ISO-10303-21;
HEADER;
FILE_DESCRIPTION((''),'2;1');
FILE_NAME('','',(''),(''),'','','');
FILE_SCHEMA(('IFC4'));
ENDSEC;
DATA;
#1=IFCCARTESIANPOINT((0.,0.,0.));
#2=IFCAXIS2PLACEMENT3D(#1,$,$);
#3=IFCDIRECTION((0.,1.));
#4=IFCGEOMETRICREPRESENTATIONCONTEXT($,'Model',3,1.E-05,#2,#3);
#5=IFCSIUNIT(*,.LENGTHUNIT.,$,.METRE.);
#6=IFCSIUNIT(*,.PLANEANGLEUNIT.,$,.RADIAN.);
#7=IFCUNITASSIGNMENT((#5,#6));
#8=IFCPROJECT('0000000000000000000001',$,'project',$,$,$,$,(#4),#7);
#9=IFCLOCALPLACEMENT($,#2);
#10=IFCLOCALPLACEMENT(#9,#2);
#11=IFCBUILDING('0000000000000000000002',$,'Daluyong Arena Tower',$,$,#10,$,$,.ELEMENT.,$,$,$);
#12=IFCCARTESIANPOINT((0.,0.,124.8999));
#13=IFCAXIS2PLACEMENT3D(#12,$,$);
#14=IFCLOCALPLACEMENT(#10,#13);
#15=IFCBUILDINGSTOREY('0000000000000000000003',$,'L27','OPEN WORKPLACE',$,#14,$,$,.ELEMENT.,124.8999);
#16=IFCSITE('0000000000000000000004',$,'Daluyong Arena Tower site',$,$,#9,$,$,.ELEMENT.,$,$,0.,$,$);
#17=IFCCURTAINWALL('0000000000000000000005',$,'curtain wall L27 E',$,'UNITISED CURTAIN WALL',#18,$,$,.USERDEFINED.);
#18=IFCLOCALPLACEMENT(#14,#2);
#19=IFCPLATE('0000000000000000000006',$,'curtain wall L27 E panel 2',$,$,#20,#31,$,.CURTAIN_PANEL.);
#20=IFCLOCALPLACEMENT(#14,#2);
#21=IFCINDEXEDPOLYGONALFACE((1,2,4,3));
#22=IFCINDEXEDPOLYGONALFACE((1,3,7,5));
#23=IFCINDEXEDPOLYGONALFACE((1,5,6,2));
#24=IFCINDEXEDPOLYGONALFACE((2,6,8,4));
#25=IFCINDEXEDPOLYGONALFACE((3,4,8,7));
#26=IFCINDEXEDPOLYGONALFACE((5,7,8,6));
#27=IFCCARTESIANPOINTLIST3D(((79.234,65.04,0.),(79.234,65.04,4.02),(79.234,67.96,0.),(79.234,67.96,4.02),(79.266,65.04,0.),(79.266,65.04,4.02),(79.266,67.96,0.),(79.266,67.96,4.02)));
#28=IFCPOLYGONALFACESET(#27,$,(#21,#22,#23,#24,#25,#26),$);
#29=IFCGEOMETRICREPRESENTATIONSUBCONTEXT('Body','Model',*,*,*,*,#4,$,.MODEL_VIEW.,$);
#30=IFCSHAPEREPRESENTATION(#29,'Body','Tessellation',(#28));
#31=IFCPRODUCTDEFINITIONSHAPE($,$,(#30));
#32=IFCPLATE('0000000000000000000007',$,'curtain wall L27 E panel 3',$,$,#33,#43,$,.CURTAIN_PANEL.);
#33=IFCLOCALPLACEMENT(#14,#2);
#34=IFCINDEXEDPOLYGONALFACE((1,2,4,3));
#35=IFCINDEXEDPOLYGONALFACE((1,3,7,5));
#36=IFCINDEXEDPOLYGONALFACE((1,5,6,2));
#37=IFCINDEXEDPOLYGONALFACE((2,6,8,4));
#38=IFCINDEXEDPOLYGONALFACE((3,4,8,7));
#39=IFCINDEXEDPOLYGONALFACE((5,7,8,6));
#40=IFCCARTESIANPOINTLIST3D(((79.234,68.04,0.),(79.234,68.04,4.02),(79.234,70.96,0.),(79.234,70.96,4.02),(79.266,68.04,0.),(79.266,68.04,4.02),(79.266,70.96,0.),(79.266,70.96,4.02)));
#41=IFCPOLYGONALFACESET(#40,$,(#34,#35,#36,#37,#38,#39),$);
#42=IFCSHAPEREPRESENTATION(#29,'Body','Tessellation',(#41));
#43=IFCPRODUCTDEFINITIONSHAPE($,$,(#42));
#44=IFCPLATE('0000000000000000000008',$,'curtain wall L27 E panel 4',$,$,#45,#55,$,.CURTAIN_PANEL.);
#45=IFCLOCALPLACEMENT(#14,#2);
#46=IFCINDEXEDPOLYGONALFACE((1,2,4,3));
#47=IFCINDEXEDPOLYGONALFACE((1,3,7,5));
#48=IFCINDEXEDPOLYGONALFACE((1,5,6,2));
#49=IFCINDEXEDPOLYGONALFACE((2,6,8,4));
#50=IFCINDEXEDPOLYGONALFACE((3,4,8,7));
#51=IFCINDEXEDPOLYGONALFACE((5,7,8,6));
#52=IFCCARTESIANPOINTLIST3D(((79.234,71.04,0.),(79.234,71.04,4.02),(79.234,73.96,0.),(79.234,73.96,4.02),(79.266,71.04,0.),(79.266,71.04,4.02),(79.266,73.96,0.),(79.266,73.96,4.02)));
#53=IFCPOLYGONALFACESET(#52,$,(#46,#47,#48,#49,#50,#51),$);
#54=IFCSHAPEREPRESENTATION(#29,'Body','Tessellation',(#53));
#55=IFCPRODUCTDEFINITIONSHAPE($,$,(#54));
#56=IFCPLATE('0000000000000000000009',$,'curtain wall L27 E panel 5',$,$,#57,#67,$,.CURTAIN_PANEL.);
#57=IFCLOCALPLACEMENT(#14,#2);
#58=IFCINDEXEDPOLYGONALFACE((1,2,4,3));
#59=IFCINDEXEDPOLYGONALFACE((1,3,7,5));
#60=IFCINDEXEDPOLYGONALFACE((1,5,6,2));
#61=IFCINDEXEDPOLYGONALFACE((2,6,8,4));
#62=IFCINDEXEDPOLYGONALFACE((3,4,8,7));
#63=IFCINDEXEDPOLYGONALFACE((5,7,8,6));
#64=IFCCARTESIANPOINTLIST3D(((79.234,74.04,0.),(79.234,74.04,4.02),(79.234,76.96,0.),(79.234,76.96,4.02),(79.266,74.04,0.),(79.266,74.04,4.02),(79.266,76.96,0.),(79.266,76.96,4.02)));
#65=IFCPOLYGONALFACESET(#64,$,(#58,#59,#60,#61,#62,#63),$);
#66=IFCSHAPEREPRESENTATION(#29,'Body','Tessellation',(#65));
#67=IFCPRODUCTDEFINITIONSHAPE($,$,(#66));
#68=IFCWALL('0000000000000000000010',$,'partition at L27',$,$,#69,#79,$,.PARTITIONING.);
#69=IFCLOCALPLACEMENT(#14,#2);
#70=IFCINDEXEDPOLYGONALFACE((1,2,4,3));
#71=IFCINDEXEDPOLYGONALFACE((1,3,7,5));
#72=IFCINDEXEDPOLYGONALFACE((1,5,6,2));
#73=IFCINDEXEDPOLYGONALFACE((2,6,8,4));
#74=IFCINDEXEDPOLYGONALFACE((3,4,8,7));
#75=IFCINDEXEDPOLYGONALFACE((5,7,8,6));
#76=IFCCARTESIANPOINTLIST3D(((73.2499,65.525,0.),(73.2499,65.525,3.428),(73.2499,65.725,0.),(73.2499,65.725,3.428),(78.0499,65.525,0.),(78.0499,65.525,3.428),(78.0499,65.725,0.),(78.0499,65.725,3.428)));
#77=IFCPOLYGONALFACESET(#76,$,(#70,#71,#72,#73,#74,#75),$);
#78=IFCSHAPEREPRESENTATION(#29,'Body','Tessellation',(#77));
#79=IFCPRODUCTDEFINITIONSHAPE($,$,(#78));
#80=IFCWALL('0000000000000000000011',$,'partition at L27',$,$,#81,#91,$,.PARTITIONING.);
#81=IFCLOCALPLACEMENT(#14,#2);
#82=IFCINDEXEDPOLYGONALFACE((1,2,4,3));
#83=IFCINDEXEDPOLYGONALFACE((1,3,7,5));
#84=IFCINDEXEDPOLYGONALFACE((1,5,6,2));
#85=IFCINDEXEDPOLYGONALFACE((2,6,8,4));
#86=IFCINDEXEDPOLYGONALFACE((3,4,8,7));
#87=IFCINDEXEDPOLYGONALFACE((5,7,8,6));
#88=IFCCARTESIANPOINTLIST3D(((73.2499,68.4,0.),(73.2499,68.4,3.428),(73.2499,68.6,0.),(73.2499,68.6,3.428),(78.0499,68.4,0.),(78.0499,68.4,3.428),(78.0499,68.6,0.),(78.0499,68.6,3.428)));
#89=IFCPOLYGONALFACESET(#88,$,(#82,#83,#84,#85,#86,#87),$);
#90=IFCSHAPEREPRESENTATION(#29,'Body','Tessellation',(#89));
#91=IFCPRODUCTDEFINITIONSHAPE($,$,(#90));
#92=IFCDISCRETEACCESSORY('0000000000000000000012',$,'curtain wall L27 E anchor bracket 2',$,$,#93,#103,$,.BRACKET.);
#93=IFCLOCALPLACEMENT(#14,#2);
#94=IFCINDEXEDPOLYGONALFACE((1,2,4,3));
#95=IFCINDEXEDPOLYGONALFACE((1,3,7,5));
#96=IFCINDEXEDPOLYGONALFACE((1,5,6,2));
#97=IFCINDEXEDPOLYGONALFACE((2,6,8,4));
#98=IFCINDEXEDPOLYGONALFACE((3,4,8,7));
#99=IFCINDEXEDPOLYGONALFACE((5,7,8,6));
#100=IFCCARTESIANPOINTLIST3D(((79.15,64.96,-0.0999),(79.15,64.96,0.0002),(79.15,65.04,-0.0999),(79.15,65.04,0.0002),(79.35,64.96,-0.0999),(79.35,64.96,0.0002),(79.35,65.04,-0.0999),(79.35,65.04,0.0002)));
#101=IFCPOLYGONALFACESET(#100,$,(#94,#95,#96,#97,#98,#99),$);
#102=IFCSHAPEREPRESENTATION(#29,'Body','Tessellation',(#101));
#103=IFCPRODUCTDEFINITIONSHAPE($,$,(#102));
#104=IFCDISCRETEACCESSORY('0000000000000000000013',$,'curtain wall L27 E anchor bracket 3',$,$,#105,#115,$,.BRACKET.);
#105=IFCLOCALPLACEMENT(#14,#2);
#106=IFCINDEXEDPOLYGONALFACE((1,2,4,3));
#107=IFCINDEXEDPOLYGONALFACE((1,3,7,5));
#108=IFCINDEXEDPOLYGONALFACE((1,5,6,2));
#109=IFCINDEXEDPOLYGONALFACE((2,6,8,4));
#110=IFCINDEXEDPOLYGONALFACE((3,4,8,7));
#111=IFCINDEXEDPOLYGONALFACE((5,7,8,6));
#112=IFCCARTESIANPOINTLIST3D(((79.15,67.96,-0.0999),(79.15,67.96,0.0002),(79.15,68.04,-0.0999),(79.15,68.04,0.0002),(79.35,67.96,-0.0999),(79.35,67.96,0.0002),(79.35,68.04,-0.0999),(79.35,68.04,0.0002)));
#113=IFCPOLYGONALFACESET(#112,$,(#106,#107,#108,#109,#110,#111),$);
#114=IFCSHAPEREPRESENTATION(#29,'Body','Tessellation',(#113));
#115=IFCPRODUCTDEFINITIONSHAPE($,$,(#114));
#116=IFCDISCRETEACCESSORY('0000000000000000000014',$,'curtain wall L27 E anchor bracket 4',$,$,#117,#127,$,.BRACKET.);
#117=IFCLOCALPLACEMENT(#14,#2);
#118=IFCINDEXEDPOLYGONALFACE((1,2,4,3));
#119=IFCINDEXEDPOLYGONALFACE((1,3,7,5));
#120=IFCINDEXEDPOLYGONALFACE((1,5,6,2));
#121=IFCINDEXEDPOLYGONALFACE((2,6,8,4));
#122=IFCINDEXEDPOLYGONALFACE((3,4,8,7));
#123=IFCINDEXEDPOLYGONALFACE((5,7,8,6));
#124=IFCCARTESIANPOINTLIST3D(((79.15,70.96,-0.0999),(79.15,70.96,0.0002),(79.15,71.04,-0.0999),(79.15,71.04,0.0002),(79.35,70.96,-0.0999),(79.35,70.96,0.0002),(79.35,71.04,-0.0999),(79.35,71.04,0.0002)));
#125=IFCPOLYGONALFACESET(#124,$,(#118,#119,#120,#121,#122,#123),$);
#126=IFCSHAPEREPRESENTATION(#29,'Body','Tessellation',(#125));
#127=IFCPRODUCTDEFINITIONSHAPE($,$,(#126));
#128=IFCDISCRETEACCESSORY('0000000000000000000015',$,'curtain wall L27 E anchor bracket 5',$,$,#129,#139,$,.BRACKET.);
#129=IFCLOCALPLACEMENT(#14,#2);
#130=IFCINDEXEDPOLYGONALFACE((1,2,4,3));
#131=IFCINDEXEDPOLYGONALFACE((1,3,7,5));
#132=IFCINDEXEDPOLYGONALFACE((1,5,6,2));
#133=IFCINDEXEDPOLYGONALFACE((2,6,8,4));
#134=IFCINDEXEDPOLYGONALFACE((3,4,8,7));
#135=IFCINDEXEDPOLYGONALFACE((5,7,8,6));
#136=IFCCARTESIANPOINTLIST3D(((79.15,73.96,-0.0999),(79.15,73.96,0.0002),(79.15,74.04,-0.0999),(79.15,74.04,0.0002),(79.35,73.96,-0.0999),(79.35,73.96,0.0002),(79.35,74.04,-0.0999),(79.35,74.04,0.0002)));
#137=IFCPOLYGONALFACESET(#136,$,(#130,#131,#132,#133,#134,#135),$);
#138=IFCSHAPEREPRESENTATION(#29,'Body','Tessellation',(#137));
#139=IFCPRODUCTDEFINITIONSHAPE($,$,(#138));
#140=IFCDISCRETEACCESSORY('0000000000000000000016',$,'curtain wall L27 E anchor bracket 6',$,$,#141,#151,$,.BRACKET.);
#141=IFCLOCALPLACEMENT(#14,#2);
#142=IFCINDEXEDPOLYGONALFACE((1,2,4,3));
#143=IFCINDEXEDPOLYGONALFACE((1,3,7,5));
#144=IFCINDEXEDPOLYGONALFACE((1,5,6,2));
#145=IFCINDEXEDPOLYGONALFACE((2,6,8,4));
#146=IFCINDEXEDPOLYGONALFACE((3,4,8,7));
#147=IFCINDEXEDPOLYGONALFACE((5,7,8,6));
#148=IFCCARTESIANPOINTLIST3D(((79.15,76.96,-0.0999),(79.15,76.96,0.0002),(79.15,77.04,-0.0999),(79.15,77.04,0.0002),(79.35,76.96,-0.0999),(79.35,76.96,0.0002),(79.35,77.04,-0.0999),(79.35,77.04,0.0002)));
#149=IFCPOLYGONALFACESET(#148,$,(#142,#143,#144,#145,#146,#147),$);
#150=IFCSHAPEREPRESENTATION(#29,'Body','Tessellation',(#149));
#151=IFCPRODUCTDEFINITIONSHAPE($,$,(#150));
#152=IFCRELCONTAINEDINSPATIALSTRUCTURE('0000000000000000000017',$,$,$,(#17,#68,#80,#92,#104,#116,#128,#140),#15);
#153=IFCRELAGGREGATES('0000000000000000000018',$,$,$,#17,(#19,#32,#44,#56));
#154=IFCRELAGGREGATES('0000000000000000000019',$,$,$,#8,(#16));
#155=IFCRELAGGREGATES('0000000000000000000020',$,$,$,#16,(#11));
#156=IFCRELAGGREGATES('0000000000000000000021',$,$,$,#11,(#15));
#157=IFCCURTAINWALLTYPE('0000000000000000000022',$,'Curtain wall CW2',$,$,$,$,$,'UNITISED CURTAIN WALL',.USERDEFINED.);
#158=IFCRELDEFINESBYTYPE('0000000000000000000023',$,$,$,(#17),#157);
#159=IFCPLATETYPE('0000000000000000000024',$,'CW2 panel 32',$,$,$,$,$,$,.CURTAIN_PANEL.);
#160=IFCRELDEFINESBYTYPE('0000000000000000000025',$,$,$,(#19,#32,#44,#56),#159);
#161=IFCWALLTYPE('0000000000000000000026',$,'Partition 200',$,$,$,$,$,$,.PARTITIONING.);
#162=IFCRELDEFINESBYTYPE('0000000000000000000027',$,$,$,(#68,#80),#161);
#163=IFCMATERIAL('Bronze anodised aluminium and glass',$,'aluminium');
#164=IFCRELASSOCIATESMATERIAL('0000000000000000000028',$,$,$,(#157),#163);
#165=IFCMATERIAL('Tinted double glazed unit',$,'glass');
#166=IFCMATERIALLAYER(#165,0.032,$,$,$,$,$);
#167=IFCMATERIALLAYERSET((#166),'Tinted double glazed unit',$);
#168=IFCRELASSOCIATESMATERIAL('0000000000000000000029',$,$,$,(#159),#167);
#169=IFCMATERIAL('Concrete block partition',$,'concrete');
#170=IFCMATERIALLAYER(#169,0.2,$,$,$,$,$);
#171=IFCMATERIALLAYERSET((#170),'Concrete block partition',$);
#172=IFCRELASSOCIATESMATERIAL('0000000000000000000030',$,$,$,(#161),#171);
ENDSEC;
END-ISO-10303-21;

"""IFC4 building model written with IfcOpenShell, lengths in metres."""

from ifc_helpers import new_model, si_unit, direction, frame, frame_2d, origin, origin_2d, place, context, subcontext, project, spatial, rectangle, extrude, material, layer, layer_set, type_object, element, aggregate, save


model = new_model("IFC4")

# Units and contexts
model_context = context("Model", 3, precision=1e-05, world=origin(), true_north=direction((0.0, 1.0)))
body_context = subcontext(model_context, "Body", "Model", "MODEL_VIEW")
ifc_project = project(units=[si_unit("LENGTHUNIT", "METRE"), si_unit("PLANEANGLEUNIT", "RADIAN")], contexts=[model_context])

# Site, building, storey
site_placement = place(None, origin())
site = spatial("IfcSite", under=ifc_project, at=site_placement, Name="Daluyong Arena Tower site", CompositionType="ELEMENT", RefElevation=0.0)
building_placement = place(site_placement, origin())
building = spatial("IfcBuilding", under=site, at=building_placement, Name="Daluyong Arena Tower", CompositionType="ELEMENT")
storey_placement = place(building_placement, frame((0.0, 0.0, 124.8999)))
storey = spatial("IfcBuildingStorey", under=building, at=storey_placement, Name="L27", Description="OPEN WORKPLACE", CompositionType="ELEMENT", Elevation=124.8999)

# Curtain wall
ifc_material_1 = material(Name="Bronze anodised aluminium and glass", Category="aluminium")
curtain_wall_type = type_object("IfcCurtainWallType", Name="Curtain wall CW2", ElementType="UNITISED CURTAIN WALL", PredefinedType="USERDEFINED", material=ifc_material_1)
curtain_wall_placement = place(storey_placement, origin())
curtain_wall = element("IfcCurtainWall", 1, at=curtain_wall_placement, inside=storey, type_object=curtain_wall_type, Name="curtain wall L27 E", ObjectType="UNITISED CURTAIN WALL", PredefinedType="USERDEFINED")

# Plates
ifc_material_2 = material(Name="Tinted double glazed unit", Category="glass")
ifc_layer_1 = layer(ifc_material_2, 0.032)
ifc_layer_set_1 = layer_set([ifc_layer_1], Name="Tinted double glazed unit")
plate_type = type_object("IfcPlateType", Name="CW2 panel 32", PredefinedType="CURTAIN_PANEL", material=ifc_layer_set_1)
plate_1_placement = place(storey_placement, frame((79.25, 66.5, 0.0), z_axis=(0.0, 0.0, 1.0), x_axis=(0.0, 1.0, 0.0)))
plate_1 = element("IfcPlate", 2, at=plate_1_placement, type_object=plate_type, Name="curtain wall L27 E panel 2", PredefinedType="CURTAIN_PANEL", context=body_context, shape_type="SweptSolid", body=[
    extrude(rectangle(XDim=2.9199, YDim=0.032, at=origin_2d()), origin(), (0.0, 0.0, 1.0), 4.02),
])
plate_2_placement = place(storey_placement, frame((79.25, 69.5, 0.0), z_axis=(0.0, 0.0, 1.0), x_axis=(0.0, 1.0, 0.0)))
plate_2 = element("IfcPlate", 3, at=plate_2_placement, type_object=plate_type, Name="curtain wall L27 E panel 3", PredefinedType="CURTAIN_PANEL", context=body_context, shape_type="SweptSolid", body=[
    extrude(rectangle(XDim=2.9199, YDim=0.032, at=origin_2d()), origin(), (0.0, 0.0, 1.0), 4.02),
])
plate_3_placement = place(storey_placement, frame((79.25, 72.5, 0.0), z_axis=(0.0, 0.0, 1.0), x_axis=(0.0, 1.0, 0.0)))
plate_3 = element("IfcPlate", 4, at=plate_3_placement, type_object=plate_type, Name="curtain wall L27 E panel 4", PredefinedType="CURTAIN_PANEL", context=body_context, shape_type="SweptSolid", body=[
    extrude(rectangle(XDim=2.9199, YDim=0.032, at=origin_2d()), origin(), (0.0, 0.0, 1.0), 4.02),
])
plate_4_placement = place(storey_placement, frame((79.25, 75.5, 0.0), z_axis=(0.0, 0.0, 1.0), x_axis=(0.0, 1.0, 0.0)))
plate_4 = element("IfcPlate", 5, at=plate_4_placement, type_object=plate_type, Name="curtain wall L27 E panel 5", PredefinedType="CURTAIN_PANEL", context=body_context, shape_type="SweptSolid", body=[
    extrude(rectangle(XDim=2.9199, YDim=0.032, at=origin_2d()), origin(), (0.0, 0.0, 1.0), 4.02),
])
aggregate(curtain_wall, [plate_1, plate_2, plate_3, plate_4])

# Walls
ifc_material_3 = material(Name="Concrete block partition", Category="concrete")
ifc_layer_2 = layer(ifc_material_3, 0.2)
ifc_layer_set_2 = layer_set([ifc_layer_2], Name="Concrete block partition")
wall_type_1 = type_object("IfcWallType", Name="Partition 200", PredefinedType="PARTITIONING", material=ifc_layer_set_2)
for number, where, z_axis, x_axis, name in (
    (6, (73.25, 65.625, 0.0), (0.0, 0.0, 1.0), (1.0, 0.0, 0.0), "partition at L27"),
    (7, (73.25, 68.5, 0.0), (0.0, 0.0, 1.0), (1.0, 0.0, 0.0), "partition at L27"),
):
    element("IfcWall", number, at=place(storey_placement, frame(where, z_axis=z_axis, x_axis=x_axis)), inside=storey, type_object=wall_type_1, Name=name, PredefinedType="PARTITIONING", context=body_context, shape_type="SweptSolid", body=[
        extrude(rectangle(XDim=4.8, YDim=0.2, at=frame_2d((2.3999, 0.0))), origin(), (0.0, 0.0, 1.0), 3.428),
    ])

# Discrete accessories
for number, where, z_axis, x_axis, name in (
    (8, (79.25, 65.0, -0.0999), (0.0, 0.0, 1.0), (0.0, 1.0, 0.0), "curtain wall L27 E anchor bracket 2"),
    (9, (79.25, 68.0, -0.0999), (0.0, 0.0, 1.0), (0.0, 1.0, 0.0), "curtain wall L27 E anchor bracket 3"),
    (10, (79.25, 71.0, -0.0999), (0.0, 0.0, 1.0), (0.0, 1.0, 0.0), "curtain wall L27 E anchor bracket 4"),
    (11, (79.25, 74.0, -0.0999), (0.0, 0.0, 1.0), (0.0, 1.0, 0.0), "curtain wall L27 E anchor bracket 5"),
    (12, (79.25, 77.0, -0.0999), (0.0, 0.0, 1.0), (0.0, 1.0, 0.0), "curtain wall L27 E anchor bracket 6"),
):
    element("IfcDiscreteAccessory", number, at=place(storey_placement, frame(where, z_axis=z_axis, x_axis=x_axis)), inside=storey, Name=name, PredefinedType="BRACKET", context=body_context, shape_type="SweptSolid", body=[
        extrude(rectangle(XDim=0.0801, YDim=0.2, at=origin_2d()), origin(), (0.0, 0.0, 1.0), 0.1001),
    ])

save(model, "model.ifc")
